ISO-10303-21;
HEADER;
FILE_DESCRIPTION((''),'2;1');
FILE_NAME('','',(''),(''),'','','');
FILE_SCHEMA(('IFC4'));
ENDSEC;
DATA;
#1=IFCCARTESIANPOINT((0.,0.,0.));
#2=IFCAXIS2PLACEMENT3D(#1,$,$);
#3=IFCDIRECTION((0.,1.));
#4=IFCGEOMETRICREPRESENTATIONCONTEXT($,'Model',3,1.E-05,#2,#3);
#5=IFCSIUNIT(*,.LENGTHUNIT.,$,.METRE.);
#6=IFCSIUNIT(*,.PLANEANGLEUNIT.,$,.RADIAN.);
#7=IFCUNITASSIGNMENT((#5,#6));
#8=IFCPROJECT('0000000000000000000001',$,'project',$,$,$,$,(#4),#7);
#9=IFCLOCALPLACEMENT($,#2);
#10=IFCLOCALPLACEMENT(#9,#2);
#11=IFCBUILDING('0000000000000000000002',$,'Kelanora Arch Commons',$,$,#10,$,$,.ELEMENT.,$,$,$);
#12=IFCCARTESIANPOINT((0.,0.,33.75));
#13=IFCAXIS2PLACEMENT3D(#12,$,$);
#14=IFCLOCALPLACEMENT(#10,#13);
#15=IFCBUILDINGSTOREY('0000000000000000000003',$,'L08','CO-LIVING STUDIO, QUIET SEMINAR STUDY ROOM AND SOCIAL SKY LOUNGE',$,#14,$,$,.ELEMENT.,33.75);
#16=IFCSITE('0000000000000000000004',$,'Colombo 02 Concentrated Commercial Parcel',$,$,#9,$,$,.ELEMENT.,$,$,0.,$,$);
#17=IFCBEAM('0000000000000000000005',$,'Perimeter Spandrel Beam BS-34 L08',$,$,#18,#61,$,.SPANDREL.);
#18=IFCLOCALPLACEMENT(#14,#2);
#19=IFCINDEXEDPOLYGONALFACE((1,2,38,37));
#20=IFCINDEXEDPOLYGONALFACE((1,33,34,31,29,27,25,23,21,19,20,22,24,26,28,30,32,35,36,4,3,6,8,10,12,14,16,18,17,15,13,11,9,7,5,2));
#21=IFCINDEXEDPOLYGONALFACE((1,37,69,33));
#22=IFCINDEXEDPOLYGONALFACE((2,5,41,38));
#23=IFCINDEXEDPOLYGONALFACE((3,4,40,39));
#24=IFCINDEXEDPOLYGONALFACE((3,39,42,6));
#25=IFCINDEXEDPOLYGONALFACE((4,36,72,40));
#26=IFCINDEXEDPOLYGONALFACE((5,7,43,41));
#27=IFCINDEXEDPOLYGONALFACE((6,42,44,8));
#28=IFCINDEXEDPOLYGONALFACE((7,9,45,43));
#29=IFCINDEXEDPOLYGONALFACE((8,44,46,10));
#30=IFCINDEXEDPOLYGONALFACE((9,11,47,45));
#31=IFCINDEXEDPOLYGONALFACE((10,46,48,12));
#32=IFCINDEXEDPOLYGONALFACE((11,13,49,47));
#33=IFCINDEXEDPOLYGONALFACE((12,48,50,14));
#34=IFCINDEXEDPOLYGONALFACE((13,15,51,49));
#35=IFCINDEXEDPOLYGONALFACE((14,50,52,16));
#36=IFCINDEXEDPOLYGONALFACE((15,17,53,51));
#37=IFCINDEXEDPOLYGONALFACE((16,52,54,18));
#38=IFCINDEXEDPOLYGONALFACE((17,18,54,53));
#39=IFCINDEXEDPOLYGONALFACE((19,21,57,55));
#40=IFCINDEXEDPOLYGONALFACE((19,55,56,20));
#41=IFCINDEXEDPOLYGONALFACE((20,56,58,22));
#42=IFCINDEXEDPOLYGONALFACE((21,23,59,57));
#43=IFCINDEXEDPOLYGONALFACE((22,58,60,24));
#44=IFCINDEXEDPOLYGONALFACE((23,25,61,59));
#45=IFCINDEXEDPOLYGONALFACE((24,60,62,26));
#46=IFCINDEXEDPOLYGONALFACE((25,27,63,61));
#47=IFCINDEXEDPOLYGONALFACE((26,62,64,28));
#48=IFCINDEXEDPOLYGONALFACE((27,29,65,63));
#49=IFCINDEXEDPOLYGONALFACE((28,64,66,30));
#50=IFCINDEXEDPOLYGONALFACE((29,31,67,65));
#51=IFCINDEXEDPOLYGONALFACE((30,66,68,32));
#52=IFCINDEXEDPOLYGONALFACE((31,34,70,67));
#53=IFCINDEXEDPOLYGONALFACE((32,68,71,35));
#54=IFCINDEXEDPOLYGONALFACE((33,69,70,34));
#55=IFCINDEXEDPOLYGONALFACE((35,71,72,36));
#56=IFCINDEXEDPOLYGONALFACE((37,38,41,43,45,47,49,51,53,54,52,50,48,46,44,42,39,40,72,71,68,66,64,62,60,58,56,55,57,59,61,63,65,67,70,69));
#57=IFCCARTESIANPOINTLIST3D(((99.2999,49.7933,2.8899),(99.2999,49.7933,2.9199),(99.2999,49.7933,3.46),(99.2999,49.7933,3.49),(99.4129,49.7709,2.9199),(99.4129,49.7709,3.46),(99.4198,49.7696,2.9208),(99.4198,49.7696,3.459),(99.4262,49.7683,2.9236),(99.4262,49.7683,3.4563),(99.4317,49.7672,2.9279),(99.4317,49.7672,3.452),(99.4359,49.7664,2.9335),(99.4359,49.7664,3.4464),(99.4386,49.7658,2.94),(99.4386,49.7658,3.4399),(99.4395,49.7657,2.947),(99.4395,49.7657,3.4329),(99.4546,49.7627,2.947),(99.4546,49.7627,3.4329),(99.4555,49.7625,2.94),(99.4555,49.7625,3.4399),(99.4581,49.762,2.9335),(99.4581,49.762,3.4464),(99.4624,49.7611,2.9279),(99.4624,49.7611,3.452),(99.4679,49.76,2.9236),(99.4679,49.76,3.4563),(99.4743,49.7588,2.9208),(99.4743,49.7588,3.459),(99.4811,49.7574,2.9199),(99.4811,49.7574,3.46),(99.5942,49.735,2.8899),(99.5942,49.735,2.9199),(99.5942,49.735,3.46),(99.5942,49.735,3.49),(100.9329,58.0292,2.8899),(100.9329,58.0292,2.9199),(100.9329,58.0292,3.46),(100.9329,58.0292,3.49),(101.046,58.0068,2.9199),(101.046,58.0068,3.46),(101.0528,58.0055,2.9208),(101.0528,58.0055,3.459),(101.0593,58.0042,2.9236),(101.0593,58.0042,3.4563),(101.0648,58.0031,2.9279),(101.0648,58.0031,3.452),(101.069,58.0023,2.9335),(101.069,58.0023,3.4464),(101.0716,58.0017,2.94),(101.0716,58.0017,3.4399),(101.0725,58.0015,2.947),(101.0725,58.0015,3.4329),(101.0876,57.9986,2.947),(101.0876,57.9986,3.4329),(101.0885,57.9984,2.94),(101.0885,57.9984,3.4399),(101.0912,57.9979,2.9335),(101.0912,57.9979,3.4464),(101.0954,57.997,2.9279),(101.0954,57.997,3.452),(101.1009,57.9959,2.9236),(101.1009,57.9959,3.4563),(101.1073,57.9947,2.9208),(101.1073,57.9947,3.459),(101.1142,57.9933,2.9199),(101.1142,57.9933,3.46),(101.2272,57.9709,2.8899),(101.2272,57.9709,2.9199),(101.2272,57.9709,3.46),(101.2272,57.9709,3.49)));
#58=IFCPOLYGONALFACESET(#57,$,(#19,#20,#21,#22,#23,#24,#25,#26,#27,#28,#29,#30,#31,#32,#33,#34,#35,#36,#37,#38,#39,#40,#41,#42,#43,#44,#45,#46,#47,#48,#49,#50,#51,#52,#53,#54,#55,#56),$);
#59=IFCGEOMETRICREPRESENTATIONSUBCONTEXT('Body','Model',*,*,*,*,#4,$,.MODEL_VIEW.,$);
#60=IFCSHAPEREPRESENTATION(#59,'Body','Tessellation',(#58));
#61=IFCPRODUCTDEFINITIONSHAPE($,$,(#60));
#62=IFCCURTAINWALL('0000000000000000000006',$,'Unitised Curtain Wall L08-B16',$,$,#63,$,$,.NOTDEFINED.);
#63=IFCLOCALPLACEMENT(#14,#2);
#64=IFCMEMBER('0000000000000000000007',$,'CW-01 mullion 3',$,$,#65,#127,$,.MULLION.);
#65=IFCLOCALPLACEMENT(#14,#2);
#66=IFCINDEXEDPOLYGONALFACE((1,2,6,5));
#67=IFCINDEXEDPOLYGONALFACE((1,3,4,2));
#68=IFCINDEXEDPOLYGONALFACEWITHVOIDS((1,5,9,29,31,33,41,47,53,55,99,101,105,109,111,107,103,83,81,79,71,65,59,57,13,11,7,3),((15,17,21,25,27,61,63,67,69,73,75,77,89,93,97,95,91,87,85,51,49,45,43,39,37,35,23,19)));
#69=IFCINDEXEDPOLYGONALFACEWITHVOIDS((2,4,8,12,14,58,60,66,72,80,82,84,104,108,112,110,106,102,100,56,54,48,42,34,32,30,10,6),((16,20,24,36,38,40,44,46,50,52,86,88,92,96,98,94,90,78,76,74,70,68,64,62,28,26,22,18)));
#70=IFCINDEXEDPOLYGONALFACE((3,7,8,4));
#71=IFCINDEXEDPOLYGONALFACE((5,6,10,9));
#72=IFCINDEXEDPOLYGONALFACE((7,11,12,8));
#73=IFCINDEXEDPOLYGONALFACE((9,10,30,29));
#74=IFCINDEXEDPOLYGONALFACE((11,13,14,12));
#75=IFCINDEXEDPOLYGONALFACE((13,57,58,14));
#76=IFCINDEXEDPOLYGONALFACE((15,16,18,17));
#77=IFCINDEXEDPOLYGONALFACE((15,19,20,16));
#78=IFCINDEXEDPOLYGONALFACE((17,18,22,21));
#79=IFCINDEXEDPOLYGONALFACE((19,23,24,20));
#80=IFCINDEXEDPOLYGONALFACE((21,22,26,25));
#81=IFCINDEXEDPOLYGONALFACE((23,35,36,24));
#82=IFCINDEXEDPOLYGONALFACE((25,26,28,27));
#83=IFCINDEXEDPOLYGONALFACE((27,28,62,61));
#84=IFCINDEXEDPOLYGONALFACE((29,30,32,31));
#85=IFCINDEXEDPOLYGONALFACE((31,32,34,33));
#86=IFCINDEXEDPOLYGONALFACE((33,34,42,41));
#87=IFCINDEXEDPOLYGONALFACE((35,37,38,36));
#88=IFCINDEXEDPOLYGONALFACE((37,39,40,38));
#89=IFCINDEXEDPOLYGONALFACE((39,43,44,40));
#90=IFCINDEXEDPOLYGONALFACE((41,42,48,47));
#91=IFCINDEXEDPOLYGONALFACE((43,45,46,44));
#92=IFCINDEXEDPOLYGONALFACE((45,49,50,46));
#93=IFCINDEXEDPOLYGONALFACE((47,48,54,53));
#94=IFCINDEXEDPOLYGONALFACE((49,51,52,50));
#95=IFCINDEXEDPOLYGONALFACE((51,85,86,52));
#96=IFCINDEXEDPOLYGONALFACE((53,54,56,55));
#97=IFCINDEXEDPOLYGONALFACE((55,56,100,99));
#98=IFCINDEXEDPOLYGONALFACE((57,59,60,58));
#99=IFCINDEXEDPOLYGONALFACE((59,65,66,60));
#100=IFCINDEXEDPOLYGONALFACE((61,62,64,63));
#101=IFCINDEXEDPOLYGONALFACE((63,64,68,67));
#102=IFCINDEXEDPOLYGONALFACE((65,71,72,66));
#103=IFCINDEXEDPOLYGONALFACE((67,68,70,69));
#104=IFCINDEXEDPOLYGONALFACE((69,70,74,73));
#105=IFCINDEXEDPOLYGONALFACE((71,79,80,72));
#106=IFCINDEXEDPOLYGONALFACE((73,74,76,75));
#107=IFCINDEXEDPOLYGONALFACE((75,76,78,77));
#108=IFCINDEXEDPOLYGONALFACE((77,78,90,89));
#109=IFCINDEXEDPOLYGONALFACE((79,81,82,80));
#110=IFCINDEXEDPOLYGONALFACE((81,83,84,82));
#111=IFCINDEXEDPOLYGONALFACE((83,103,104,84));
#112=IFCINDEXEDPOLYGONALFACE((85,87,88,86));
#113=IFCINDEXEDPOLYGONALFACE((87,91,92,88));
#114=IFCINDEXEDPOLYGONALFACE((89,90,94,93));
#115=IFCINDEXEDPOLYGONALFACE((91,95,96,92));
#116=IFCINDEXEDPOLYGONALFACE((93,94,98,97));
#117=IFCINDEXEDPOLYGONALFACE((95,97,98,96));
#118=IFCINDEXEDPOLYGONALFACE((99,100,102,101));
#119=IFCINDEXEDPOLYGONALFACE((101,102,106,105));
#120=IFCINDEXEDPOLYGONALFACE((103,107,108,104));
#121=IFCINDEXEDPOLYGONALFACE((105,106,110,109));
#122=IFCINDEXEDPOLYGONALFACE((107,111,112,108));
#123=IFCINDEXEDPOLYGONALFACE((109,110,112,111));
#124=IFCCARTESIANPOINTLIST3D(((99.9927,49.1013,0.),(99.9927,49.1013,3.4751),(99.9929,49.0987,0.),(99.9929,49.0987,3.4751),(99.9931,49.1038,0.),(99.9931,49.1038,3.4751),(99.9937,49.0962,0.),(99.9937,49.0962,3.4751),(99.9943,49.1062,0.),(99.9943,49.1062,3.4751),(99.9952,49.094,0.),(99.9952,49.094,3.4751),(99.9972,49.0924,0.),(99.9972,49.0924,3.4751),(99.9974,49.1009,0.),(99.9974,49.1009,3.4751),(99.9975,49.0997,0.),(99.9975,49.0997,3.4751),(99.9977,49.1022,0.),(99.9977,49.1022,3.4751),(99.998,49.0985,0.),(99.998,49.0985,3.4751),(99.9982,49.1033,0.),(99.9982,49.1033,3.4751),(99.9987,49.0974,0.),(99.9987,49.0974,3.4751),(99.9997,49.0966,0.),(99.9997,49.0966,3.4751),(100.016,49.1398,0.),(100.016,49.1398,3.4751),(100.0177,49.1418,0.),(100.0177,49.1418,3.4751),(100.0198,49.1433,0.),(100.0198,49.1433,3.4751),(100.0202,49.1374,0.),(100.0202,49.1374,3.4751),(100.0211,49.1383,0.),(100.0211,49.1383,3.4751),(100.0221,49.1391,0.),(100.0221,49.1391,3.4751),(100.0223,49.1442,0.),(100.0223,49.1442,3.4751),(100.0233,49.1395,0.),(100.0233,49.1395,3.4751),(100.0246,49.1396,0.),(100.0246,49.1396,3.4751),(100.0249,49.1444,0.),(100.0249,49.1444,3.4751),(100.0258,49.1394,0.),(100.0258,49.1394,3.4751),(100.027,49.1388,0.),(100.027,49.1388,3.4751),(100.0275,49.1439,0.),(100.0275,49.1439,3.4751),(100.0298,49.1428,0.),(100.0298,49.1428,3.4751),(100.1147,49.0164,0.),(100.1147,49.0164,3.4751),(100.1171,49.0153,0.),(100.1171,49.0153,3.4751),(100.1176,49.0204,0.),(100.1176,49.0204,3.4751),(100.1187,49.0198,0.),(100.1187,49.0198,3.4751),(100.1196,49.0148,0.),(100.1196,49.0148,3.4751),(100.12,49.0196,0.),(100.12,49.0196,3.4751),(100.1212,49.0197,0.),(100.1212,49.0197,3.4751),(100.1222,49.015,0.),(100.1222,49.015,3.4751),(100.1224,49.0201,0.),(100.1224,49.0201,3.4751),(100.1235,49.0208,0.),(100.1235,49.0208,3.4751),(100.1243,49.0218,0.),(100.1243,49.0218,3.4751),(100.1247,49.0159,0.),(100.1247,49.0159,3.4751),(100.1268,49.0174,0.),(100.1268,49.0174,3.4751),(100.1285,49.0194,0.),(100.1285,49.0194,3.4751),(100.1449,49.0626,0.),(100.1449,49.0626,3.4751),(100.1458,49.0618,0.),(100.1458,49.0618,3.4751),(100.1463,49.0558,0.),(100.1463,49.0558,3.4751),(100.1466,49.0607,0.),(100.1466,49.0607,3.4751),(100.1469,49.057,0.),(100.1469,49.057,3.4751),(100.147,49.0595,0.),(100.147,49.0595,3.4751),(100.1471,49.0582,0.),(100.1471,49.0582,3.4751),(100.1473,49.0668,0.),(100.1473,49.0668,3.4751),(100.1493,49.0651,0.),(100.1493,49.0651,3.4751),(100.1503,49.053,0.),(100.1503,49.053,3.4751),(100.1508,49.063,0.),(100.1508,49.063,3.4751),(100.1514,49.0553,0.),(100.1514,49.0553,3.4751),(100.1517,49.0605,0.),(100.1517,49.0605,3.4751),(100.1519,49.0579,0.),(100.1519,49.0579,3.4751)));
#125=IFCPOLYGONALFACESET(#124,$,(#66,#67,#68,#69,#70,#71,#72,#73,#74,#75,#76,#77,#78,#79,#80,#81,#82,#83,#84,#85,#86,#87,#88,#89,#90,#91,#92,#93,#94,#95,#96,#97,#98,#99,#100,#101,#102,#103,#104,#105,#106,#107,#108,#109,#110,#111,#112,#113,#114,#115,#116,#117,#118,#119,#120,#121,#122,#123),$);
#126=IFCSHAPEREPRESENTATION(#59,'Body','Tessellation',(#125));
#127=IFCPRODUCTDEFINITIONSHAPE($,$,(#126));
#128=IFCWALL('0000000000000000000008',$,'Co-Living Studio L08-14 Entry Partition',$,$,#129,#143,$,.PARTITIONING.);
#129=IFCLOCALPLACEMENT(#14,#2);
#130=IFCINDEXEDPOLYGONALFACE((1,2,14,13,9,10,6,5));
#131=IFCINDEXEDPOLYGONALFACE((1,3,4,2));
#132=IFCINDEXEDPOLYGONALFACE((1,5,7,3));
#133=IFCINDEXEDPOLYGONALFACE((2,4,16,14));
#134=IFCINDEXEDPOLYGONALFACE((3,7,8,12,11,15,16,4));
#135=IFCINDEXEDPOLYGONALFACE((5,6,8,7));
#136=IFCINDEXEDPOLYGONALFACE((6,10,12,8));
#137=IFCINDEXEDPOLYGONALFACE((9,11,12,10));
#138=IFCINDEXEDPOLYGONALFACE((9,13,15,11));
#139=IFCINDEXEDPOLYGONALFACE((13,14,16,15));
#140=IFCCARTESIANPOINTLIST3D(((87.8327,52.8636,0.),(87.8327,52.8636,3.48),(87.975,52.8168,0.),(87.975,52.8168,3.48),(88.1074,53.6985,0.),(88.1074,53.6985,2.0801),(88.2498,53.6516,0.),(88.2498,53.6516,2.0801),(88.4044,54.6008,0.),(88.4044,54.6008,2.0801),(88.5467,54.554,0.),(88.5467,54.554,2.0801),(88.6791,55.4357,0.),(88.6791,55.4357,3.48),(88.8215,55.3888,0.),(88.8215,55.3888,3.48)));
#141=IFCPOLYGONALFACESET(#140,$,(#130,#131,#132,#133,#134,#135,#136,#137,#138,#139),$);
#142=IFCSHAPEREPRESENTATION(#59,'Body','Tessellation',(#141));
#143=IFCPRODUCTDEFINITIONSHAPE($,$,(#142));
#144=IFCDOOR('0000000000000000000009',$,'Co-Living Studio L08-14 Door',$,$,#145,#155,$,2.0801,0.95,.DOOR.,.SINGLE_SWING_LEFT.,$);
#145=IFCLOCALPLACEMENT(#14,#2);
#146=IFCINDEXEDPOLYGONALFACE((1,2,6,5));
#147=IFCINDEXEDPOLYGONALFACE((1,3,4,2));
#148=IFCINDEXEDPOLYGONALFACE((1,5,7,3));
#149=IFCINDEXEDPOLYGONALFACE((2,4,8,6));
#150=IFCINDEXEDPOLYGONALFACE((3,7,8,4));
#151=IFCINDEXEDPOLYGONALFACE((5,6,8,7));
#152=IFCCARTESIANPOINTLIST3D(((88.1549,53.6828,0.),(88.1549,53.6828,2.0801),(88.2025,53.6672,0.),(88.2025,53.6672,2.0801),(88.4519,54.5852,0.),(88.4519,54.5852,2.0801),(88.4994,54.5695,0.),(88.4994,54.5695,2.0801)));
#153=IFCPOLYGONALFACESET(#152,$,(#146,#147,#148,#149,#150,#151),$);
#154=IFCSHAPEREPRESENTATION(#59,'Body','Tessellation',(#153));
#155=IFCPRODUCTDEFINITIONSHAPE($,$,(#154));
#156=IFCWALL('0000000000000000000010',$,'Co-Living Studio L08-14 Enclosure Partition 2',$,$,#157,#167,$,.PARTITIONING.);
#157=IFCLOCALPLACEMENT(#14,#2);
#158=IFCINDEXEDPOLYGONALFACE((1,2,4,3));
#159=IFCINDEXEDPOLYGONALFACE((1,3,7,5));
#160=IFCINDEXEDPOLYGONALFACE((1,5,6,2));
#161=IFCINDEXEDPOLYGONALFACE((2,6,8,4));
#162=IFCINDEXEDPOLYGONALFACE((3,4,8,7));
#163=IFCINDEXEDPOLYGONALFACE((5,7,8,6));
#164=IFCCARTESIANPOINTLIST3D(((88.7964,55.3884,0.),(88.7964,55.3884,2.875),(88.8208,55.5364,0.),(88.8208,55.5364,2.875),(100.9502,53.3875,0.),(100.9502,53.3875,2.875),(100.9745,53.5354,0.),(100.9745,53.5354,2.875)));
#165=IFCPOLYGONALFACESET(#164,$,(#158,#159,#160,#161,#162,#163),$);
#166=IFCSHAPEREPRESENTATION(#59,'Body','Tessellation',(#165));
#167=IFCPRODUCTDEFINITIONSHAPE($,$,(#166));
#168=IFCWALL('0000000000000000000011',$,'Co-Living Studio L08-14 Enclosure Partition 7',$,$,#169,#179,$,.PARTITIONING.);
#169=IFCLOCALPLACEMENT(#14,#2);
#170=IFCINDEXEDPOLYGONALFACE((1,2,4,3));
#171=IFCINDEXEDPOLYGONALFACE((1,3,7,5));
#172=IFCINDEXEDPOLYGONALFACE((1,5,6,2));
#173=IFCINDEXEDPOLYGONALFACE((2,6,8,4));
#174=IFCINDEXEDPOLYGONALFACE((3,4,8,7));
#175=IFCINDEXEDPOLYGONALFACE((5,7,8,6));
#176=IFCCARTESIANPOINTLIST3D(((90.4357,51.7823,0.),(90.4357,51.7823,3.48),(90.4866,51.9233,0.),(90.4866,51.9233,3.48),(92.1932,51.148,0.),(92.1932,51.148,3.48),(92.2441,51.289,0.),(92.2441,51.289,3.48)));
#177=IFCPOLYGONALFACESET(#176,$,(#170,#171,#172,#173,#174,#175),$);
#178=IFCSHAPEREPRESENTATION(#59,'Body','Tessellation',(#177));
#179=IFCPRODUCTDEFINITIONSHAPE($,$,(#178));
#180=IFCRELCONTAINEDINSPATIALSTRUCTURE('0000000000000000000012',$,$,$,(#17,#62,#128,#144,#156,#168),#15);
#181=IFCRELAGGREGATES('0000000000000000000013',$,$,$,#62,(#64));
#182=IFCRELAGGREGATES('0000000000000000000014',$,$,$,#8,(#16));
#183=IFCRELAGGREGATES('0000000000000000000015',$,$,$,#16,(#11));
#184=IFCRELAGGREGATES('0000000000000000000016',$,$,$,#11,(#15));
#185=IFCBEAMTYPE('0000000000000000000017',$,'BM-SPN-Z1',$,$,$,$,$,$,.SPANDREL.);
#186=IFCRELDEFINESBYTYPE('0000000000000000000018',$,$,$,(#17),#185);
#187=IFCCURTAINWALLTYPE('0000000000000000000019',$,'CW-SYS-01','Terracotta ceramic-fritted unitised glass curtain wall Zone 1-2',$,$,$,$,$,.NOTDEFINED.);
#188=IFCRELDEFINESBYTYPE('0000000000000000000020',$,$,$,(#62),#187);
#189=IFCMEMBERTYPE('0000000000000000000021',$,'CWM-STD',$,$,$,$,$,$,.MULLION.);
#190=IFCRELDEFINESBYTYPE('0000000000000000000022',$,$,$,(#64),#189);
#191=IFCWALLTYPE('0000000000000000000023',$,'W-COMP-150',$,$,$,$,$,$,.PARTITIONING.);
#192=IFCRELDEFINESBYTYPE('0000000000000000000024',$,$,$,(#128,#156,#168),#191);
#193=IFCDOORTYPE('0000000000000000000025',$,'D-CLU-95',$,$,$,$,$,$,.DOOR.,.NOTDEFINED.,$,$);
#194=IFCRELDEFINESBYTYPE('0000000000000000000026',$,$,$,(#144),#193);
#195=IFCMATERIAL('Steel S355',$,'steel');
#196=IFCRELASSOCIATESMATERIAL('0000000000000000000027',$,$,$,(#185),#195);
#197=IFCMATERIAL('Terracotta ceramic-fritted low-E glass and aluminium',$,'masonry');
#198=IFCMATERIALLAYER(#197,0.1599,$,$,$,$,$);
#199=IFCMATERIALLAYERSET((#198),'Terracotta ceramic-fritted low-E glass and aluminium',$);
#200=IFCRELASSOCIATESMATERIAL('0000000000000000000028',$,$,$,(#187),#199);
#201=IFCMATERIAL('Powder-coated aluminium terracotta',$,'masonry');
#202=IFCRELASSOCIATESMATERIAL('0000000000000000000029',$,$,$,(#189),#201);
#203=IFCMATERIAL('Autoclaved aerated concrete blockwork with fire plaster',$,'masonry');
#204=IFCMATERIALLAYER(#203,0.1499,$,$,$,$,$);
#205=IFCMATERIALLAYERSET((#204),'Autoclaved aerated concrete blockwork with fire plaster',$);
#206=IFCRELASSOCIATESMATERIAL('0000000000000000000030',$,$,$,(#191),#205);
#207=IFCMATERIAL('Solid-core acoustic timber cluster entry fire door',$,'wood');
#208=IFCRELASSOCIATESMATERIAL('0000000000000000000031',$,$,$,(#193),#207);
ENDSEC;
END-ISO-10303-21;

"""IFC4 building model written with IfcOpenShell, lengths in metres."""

from ifc_helpers import new_model, si_unit, direction, frame, frame_2d, origin, origin_2d, place, context, subcontext, project, spatial, rectangle, hollow_rectangle, i_section, extrude, material, layer, layer_set, material_profile, profile_set, type_object, element, fill, aggregate, save


model = new_model("IFC4")

# Units and contexts
model_context = context("Model", 3, precision=1e-05, world=origin(), true_north=direction((0.0, 1.0)))
body_context = subcontext(model_context, "Body", "Model", "MODEL_VIEW")
ifc_project = project(units=[si_unit("LENGTHUNIT", "METRE"), si_unit("PLANEANGLEUNIT", "RADIAN")], contexts=[model_context])

# Site, building, storey
site_placement = place(None, origin())
site = spatial("IfcSite", under=ifc_project, at=site_placement, Name="Colombo 02 Concentrated Commercial Parcel", CompositionType="ELEMENT", RefElevation=0.0)
building_placement = place(site_placement, origin())
building = spatial("IfcBuilding", under=site, at=building_placement, Name="Kelanora Arch Commons", CompositionType="ELEMENT")
storey_placement = place(building_placement, frame((0.0, 0.0, 33.75)))
storey = spatial("IfcBuildingStorey", under=building, at=storey_placement, Name="L08", Description="CO-LIVING STUDIO, QUIET SEMINAR STUDY ROOM AND SOCIAL SKY LOUNGE", CompositionType="ELEMENT", Elevation=33.75)

# Beam
ifc_material_1 = material(Name="Steel S355", Category="steel")
ifc_material_profile_1 = material_profile(ifc_material_1, i_section(OverallWidth=0.3, OverallDepth=0.6001, WebThickness=0.0154, FlangeThickness=0.03, FilletRadius=0.0271, at=origin_2d()), Name="HEB600")
ifc_profile_set_1 = profile_set([ifc_material_profile_1], Name="Steel S355")
beam_type_1 = type_object("IfcBeamType", Name="BM-SPN-Z1", PredefinedType="SPANDREL", material=ifc_profile_set_1)
beam_1_placement = place(storey_placement, frame((99.447, 49.7642, 3.1899), z_axis=(0.1945, 0.980903, 0.0), x_axis=(-0.980903, 0.1945, 0.0)))
element("IfcBeam", 1, at=beam_1_placement, inside=storey, type_object=beam_type_1, Name="Perimeter Spandrel Beam BS-34 L08", PredefinedType="SPANDREL", context=body_context, shape_type="SweptSolid", body=[
    extrude(i_section(OverallWidth=0.3, OverallDepth=0.6001, WebThickness=0.0154, FlangeThickness=0.03, FilletRadius=0.0271, at=origin_2d()), origin(), (0.0, 0.0, 1.0), 8.3962),
])

# Curtain wall, member
ifc_material_2 = material(Name="Terracotta ceramic-fritted low-E glass and aluminium", Category="masonry")
ifc_layer_1 = layer(ifc_material_2, 0.1599)
ifc_layer_set_1 = layer_set([ifc_layer_1], Name="Terracotta ceramic-fritted low-E glass and aluminium")
curtain_wall_type = type_object("IfcCurtainWallType", Name="CW-SYS-01", Description="Terracotta ceramic-fritted unitised glass curtain wall Zone 1-2", PredefinedType="NOTDEFINED", material=ifc_layer_set_1)
curtain_wall_placement = place(storey_placement, origin())
curtain_wall = element("IfcCurtainWall", 2, at=curtain_wall_placement, inside=storey, type_object=curtain_wall_type, Name="Unitised Curtain Wall L08-B16", PredefinedType="NOTDEFINED")
ifc_material_3 = material(Name="Powder-coated aluminium terracotta", Category="masonry")
ifc_material_profile_2 = material_profile(ifc_material_3, hollow_rectangle(XDim=0.1599, YDim=0.0601, WallThickness=0.0049, InnerFilletRadius=0.0049, OuterFilletRadius=0.01, at=origin_2d()), Name="CWM160x60")
ifc_profile_set_2 = profile_set([ifc_material_profile_2], Name="Powder-coated aluminium terracotta")
member_type = type_object("IfcMemberType", Name="CWM-STD", PredefinedType="MULLION", material=ifc_profile_set_2)
member_placement = place(storey_placement, frame((100.0723, 49.0796, 0.0), z_axis=(0.0, 0.0, 1.0), x_axis=(-0.83973, 0.543004, 0.0)))
member = element("IfcMember", 3, at=member_placement, type_object=member_type, Name="CW-01 mullion 3", PredefinedType="MULLION", context=body_context, shape_type="SweptSolid", body=[
    extrude(hollow_rectangle(XDim=0.1599, YDim=0.0601, WallThickness=0.0049, InnerFilletRadius=0.0049, OuterFilletRadius=0.01, at=origin_2d()), origin(), (0.0, 0.0, 1.0), 3.4751),
])
aggregate(curtain_wall, [member])

# Wall, opening, door
ifc_material_4 = material(Name="Autoclaved aerated concrete blockwork with fire plaster", Category="masonry")
ifc_layer_2 = layer(ifc_material_4, 0.1499)
ifc_layer_set_2 = layer_set([ifc_layer_2], Name="Autoclaved aerated concrete blockwork with fire plaster")
wall_type_1 = type_object("IfcWallType", Name="W-COMP-150", PredefinedType="PARTITIONING", material=ifc_layer_set_2)
wall_1_placement = place(storey_placement, frame((87.9038, 52.8401, 0.0), z_axis=(0.0, 0.0, 1.0), x_axis=(0.312601, 0.949885, 0.0)))
wall_1 = element("IfcWall", 4, at=wall_1_placement, inside=storey, type_object=wall_type_1, Name="Co-Living Studio L08-14 Entry Partition", PredefinedType="PARTITIONING", context=body_context, shape_type="SweptSolid", body=[
    extrude(rectangle(XDim=2.7078, YDim=0.1499, at=frame_2d((1.354, 0.0))), origin(), (0.0, 0.0, 1.0), 3.48),
])
opening_1_placement = place(wall_1_placement, frame((0.8789, 0.0, 0.0)))
opening_1 = element("IfcOpeningElement", 5, at=opening_1_placement, cuts=wall_1, PredefinedType="OPENING", context=body_context, shape_type="SweptSolid", body=[
    extrude(rectangle(XDim=0.95, YDim=2.0801, at=frame_2d((0.4751, 1.04))), frame((0.0, 0.085, 0.0), z_axis=(0.0, -1.0, 0.0), x_axis=(1.0, 0.0, 0.0)), (0.0, 0.0, 1.0), 0.1699),
])
ifc_material_5 = material(Name="Solid-core acoustic timber cluster entry fire door", Category="wood")
door_type_1 = type_object("IfcDoorType", Name="D-CLU-95", OperationType="NOTDEFINED", PredefinedType="DOOR", material=ifc_material_5)
door_1_placement = place(opening_1_placement, origin())
door_1 = element("IfcDoor", 6, at=door_1_placement, inside=storey, type_object=door_type_1, Name="Co-Living Studio L08-14 Door", OperationType="SINGLE_SWING_LEFT", OverallHeight=2.0801, OverallWidth=0.95, PredefinedType="DOOR", context=body_context, shape_type="SweptSolid", body=[
    extrude(rectangle(XDim=0.95, YDim=2.0801, at=frame_2d((0.4751, 1.04))), frame((0.0, 0.0249, 0.0), z_axis=(0.0, -1.0, 0.0), x_axis=(1.0, 0.0, 0.0)), (0.0, 0.0, 1.0), 0.05),
])
fill(opening_1, door_1)

# Walls
wall_2_placement = place(storey_placement, frame((88.8086, 55.4624, 0.0), z_axis=(0.0, 0.0, 1.0), x_axis=(0.986717, -0.162451, 0.0)))
element("IfcWall", 7, at=wall_2_placement, inside=storey, type_object=wall_type_1, Name="Co-Living Studio L08-14 Enclosure Partition 2", PredefinedType="PARTITIONING", context=body_context, shape_type="SweptSolid", body=[
    extrude(rectangle(XDim=12.3174, YDim=0.1499, at=frame_2d((6.1587, 0.0))), origin(), (0.0, 0.0, 1.0), 2.875),
])
wall_3_placement = place(storey_placement, frame((92.2185, 51.2185, 0.0), z_axis=(0.0, 0.0, 1.0), x_axis=(-0.940607, 0.339497, 0.0)))
element("IfcWall", 8, at=wall_3_placement, inside=storey, type_object=wall_type_1, Name="Co-Living Studio L08-14 Enclosure Partition 7", PredefinedType="PARTITIONING", context=body_context, shape_type="SweptSolid", body=[
    extrude(rectangle(XDim=1.8684, YDim=0.1499, at=frame_2d((0.9341, 0.0))), origin(), (0.0, 0.0, 1.0), 3.48),
])

save(model, "model.ifc")
